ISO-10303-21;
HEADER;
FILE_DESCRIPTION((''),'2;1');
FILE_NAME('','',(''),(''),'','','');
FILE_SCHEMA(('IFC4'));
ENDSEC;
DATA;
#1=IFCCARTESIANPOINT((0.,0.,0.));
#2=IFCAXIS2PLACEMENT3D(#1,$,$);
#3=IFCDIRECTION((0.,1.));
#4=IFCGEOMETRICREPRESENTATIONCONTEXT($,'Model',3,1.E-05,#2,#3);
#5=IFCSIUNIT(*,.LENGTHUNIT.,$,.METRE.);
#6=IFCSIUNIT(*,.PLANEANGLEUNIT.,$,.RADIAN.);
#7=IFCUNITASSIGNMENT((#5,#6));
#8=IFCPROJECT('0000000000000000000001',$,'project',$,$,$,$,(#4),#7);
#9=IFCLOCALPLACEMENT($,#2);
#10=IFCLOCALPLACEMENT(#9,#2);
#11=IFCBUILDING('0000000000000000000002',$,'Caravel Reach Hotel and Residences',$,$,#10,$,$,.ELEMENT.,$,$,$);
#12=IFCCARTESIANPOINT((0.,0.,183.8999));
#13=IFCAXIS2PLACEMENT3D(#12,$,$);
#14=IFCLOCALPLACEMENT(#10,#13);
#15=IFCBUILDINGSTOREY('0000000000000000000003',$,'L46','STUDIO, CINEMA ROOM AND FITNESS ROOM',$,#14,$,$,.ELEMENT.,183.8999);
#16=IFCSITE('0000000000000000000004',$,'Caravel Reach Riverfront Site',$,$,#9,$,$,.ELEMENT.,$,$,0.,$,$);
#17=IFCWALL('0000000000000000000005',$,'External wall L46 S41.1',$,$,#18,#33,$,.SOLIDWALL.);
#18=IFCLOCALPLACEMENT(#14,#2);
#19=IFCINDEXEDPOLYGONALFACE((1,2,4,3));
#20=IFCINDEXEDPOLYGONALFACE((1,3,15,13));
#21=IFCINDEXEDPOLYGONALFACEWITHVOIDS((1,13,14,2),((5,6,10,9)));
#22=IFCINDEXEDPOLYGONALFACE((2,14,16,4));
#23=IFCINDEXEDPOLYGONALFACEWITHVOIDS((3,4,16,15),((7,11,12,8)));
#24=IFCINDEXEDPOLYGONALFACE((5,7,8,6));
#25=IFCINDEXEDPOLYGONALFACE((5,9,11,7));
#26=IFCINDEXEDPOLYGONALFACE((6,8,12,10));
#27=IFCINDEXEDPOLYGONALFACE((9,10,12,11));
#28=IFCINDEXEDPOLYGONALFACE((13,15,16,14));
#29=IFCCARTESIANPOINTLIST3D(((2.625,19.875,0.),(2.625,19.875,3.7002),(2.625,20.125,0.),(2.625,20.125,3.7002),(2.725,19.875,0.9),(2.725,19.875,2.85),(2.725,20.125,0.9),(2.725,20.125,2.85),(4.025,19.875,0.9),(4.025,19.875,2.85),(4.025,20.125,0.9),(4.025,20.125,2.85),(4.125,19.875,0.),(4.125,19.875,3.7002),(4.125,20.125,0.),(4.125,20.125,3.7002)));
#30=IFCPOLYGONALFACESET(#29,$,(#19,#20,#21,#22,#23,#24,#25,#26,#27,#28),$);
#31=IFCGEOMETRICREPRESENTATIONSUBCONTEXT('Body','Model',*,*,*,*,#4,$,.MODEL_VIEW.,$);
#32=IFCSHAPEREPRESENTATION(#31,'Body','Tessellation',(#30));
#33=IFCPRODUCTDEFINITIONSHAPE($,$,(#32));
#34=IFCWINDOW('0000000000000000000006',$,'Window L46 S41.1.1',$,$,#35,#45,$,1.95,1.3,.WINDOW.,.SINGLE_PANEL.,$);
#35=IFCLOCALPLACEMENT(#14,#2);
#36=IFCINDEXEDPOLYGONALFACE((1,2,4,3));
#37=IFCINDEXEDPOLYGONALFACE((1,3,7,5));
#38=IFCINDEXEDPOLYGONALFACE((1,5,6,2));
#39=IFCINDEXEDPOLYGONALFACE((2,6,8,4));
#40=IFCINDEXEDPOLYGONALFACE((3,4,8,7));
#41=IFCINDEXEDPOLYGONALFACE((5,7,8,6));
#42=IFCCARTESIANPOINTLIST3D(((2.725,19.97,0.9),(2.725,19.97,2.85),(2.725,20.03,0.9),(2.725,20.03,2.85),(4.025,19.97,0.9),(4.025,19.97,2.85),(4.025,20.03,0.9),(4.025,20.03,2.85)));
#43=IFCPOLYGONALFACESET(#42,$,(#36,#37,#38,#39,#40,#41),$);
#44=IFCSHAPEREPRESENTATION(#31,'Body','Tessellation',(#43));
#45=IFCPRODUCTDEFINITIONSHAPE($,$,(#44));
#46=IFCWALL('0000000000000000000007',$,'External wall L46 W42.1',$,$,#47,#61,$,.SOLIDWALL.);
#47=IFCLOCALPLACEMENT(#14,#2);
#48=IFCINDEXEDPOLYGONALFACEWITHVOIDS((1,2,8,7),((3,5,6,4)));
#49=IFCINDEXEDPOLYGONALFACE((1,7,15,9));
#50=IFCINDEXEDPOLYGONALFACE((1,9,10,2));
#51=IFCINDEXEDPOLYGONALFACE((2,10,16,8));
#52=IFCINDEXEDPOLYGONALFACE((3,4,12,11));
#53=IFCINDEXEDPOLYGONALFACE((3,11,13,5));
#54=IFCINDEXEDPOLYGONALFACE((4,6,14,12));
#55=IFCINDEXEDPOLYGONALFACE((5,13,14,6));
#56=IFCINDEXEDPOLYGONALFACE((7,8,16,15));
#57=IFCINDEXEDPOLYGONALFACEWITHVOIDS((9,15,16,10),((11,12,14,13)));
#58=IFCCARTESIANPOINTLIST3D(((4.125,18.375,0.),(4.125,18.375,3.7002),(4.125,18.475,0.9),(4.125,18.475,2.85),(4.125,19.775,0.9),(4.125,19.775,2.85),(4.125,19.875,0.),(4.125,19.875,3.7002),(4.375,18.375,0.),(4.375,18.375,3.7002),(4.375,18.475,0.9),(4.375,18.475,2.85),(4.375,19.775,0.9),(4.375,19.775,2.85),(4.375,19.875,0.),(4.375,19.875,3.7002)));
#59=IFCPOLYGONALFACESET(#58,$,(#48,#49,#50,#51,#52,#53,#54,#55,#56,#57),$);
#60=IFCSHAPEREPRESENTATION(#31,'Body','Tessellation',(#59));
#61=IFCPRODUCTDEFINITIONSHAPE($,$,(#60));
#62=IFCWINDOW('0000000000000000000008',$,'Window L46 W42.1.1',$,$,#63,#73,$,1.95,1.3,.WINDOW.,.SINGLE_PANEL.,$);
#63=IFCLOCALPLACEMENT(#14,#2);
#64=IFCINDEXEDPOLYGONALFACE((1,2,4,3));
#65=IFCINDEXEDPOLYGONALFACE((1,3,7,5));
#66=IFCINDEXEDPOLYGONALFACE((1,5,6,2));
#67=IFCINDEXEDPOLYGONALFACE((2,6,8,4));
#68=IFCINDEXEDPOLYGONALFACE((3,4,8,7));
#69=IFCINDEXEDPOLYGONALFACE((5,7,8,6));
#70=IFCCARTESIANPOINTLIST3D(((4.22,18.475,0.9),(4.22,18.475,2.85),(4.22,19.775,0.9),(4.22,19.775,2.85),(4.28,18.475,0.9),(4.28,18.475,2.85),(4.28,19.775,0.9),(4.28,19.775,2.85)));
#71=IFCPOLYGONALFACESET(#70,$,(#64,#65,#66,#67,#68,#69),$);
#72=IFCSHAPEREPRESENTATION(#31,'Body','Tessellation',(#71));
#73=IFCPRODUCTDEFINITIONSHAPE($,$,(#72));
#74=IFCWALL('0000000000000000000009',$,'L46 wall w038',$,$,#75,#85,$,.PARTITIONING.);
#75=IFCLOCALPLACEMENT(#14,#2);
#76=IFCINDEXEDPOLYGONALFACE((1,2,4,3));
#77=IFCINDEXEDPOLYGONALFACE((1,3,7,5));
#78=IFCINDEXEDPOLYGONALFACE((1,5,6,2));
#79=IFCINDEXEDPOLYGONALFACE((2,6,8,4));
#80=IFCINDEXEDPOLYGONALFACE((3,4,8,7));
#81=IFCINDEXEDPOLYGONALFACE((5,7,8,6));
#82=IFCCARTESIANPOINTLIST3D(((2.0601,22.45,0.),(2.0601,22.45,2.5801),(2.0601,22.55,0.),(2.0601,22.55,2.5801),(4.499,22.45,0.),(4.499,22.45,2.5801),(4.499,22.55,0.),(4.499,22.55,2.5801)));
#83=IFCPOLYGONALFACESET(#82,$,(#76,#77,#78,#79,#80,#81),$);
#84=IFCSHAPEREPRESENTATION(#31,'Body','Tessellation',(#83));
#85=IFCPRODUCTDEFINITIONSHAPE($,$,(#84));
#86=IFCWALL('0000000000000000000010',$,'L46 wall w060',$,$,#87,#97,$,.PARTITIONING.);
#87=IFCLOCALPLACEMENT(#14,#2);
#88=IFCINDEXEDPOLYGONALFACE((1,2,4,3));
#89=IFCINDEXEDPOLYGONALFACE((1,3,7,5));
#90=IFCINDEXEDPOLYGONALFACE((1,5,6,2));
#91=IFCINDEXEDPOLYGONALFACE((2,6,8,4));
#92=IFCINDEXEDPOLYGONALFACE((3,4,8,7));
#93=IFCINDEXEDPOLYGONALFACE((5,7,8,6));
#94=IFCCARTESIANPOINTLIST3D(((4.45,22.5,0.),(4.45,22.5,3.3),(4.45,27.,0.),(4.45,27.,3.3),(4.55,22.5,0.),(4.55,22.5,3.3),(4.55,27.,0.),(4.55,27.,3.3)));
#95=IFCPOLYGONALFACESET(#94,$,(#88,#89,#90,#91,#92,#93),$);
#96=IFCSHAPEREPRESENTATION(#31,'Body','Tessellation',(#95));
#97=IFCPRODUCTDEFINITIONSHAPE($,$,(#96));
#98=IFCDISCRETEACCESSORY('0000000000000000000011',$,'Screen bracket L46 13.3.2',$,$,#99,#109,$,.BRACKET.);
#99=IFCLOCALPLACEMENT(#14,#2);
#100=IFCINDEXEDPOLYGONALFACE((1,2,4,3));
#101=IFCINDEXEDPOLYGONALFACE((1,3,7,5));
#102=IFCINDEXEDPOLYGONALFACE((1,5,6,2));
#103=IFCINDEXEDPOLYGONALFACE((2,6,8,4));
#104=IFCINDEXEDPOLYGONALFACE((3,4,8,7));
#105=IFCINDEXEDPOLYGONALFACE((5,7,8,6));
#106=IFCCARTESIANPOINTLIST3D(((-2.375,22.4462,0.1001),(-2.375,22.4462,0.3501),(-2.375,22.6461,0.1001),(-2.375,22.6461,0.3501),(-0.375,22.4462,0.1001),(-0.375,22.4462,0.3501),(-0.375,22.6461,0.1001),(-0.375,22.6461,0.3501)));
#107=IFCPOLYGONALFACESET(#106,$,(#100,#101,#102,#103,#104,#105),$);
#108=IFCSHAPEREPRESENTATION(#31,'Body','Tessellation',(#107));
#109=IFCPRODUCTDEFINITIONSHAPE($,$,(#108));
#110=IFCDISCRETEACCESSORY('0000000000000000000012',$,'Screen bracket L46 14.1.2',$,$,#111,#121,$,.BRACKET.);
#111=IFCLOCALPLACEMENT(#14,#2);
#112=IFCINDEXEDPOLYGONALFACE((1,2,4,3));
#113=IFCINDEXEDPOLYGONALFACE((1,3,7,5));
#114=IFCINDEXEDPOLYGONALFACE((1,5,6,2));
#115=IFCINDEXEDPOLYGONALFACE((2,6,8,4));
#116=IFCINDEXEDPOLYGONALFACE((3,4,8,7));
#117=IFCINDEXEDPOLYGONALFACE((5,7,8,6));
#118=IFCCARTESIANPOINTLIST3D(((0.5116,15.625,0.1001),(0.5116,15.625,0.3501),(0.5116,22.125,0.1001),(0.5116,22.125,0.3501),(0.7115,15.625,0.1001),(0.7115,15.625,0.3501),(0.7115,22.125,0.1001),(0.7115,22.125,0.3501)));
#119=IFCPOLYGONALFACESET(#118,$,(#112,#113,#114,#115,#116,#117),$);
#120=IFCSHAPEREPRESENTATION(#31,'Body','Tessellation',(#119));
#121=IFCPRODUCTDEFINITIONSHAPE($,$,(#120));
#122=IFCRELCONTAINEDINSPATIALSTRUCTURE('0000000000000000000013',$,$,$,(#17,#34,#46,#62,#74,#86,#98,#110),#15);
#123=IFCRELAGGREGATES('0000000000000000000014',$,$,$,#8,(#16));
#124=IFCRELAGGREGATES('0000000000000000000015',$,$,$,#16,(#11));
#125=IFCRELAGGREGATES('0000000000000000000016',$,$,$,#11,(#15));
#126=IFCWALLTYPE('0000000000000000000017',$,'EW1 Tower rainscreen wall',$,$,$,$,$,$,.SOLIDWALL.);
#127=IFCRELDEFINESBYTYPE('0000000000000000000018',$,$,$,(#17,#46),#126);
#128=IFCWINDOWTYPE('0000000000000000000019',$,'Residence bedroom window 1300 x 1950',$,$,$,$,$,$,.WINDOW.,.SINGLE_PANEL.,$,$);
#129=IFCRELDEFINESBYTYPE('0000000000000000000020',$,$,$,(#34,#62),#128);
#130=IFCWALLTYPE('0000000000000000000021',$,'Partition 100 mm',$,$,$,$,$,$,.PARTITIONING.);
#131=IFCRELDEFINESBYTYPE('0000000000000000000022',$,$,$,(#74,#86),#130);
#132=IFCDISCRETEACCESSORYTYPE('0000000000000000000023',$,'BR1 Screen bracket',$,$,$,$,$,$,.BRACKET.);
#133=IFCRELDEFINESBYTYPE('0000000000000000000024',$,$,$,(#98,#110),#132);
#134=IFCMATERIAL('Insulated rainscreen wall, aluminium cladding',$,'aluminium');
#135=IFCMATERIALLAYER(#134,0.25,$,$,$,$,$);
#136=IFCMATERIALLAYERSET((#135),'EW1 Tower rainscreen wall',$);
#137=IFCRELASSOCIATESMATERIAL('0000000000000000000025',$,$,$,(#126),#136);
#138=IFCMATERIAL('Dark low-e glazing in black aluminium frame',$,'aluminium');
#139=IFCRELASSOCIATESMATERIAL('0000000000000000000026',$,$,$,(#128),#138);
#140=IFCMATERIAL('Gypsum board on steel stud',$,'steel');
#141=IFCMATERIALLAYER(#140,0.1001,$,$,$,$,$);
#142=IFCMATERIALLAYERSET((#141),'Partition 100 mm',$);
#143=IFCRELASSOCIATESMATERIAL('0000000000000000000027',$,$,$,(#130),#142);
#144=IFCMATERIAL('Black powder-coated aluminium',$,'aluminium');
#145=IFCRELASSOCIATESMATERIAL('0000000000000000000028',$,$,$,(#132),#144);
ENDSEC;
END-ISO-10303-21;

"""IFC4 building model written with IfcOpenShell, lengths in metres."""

from ifc_helpers import new_model, si_unit, direction, frame, frame_2d, origin, origin_2d, place, context, subcontext, project, spatial, rectangle, extrude, material, layer, layer_set, type_object, element, fill, save


model = new_model("IFC4")

# Units and contexts
model_context = context("Model", 3, precision=1e-05, world=origin(), true_north=direction((0.0, 1.0)))
body_context = subcontext(model_context, "Body", "Model", "MODEL_VIEW")
ifc_project = project(units=[si_unit("LENGTHUNIT", "METRE"), si_unit("PLANEANGLEUNIT", "RADIAN")], contexts=[model_context])

# Site, building, storey
site_placement = place(None, origin())
site = spatial("IfcSite", under=ifc_project, at=site_placement, Name="Caravel Reach Riverfront Site", CompositionType="ELEMENT", RefElevation=0.0)
building_placement = place(site_placement, origin())
building = spatial("IfcBuilding", under=site, at=building_placement, Name="Caravel Reach Hotel and Residences", CompositionType="ELEMENT")
storey_placement = place(building_placement, frame((0.0, 0.0, 183.8999)))
storey = spatial("IfcBuildingStorey", under=building, at=storey_placement, Name="L46", Description="STUDIO, CINEMA ROOM AND FITNESS ROOM", CompositionType="ELEMENT", Elevation=183.8999)

# Walls, openings, windows
ifc_material_1 = material(Name="Insulated rainscreen wall, aluminium cladding", Category="aluminium")
ifc_layer_1 = layer(ifc_material_1, 0.25)
ifc_layer_set_1 = layer_set([ifc_layer_1], Name="EW1 Tower rainscreen wall")
wall_type_1 = type_object("IfcWallType", Name="EW1 Tower rainscreen wall", PredefinedType="SOLIDWALL", material=ifc_layer_set_1)
ifc_material_2 = material(Name="Dark low-e glazing in black aluminium frame", Category="aluminium")
window_type = type_object("IfcWindowType", Name="Residence bedroom window 1300 x 1950", PartitioningType="SINGLE_PANEL", PredefinedType="WINDOW", material=ifc_material_2)
wall_1_placement = place(storey_placement, frame((2.625, 20.0, 0.0), z_axis=(0.0, 0.0, 1.0), x_axis=(1.0, 0.0, 0.0)))
wall_1 = element("IfcWall", 1, at=wall_1_placement, inside=storey, type_object=wall_type_1, Name="External wall L46 S41.1", PredefinedType="SOLIDWALL", context=body_context, shape_type="SweptSolid", body=[
    extrude(rectangle(XDim=1.5, YDim=0.25, at=frame_2d((0.75, 0.0))), origin(), (0.0, 0.0, 1.0), 3.7002),
])
opening_1_placement = place(wall_1_placement, frame((0.1001, 0.0, 0.8999)))
opening_1 = element("IfcOpeningElement", 2, at=opening_1_placement, cuts=wall_1, PredefinedType="OPENING", context=body_context, shape_type="SweptSolid", body=[
    extrude(rectangle(XDim=1.3, YDim=1.95, at=frame_2d((0.6499, 0.9751))), frame((0.0, 0.135, 0.0), z_axis=(0.0, -1.0, 0.0), x_axis=(1.0, 0.0, 0.0)), (0.0, 0.0, 1.0), 0.27),
])
window_1_placement = place(opening_1_placement, origin())
window_1 = element("IfcWindow", 3, at=window_1_placement, inside=storey, type_object=window_type, Name="Window L46 S41.1.1", OverallHeight=1.95, OverallWidth=1.3, PartitioningType="SINGLE_PANEL", PredefinedType="WINDOW", context=body_context, shape_type="SweptSolid", body=[
    extrude(rectangle(XDim=1.3, YDim=1.95, at=frame_2d((0.6499, 0.9751))), frame((0.0, 0.03, 0.0), z_axis=(0.0, -1.0, 0.0), x_axis=(1.0, 0.0, 0.0)), (0.0, 0.0, 1.0), 0.0601),
])
fill(opening_1, window_1)
wall_2_placement = place(storey_placement, frame((4.25, 19.875, 0.0), z_axis=(0.0, 0.0, 1.0), x_axis=(0.0, -1.0, 0.0)))
wall_2 = element("IfcWall", 4, at=wall_2_placement, inside=storey, type_object=wall_type_1, Name="External wall L46 W42.1", PredefinedType="SOLIDWALL", context=body_context, shape_type="SweptSolid", body=[
    extrude(rectangle(XDim=1.5, YDim=0.25, at=frame_2d((0.75, 0.0))), origin(), (0.0, 0.0, 1.0), 3.7002),
])
opening_2_placement = place(wall_2_placement, frame((0.1001, 0.0, 0.8999)))
opening_2 = element("IfcOpeningElement", 5, at=opening_2_placement, cuts=wall_2, PredefinedType="OPENING", context=body_context, shape_type="SweptSolid", body=[
    extrude(rectangle(XDim=1.3, YDim=1.95, at=frame_2d((0.6499, 0.9751))), frame((0.0, 0.135, 0.0), z_axis=(0.0, -1.0, 0.0), x_axis=(1.0, 0.0, 0.0)), (0.0, 0.0, 1.0), 0.27),
])
window_2_placement = place(opening_2_placement, origin())
window_2 = element("IfcWindow", 6, at=window_2_placement, inside=storey, type_object=window_type, Name="Window L46 W42.1.1", OverallHeight=1.95, OverallWidth=1.3, PartitioningType="SINGLE_PANEL", PredefinedType="WINDOW", context=body_context, shape_type="SweptSolid", body=[
    extrude(rectangle(XDim=1.3, YDim=1.95, at=frame_2d((0.6499, 0.9751))), frame((0.0, 0.03, 0.0), z_axis=(0.0, -1.0, 0.0), x_axis=(1.0, 0.0, 0.0)), (0.0, 0.0, 1.0), 0.0601),
])
fill(opening_2, window_2)

# Walls
ifc_material_3 = material(Name="Gypsum board on steel stud", Category="steel")
ifc_layer_2 = layer(ifc_material_3, 0.1001)
ifc_layer_set_2 = layer_set([ifc_layer_2], Name="Partition 100 mm")
wall_type_2 = type_object("IfcWallType", Name="Partition 100 mm", PredefinedType="PARTITIONING", material=ifc_layer_set_2)
wall_3_placement = place(storey_placement, frame((2.0601, 22.5, 0.0), z_axis=(0.0, 0.0, 1.0), x_axis=(1.0, 0.0, 0.0)))
element("IfcWall", 7, at=wall_3_placement, inside=storey, type_object=wall_type_2, Name="L46 wall w038", PredefinedType="PARTITIONING", context=body_context, shape_type="SweptSolid", body=[
    extrude(rectangle(XDim=2.439, YDim=0.1001, at=frame_2d((1.2195, 0.0))), origin(), (0.0, 0.0, 1.0), 2.5801),
])
wall_4_placement = place(storey_placement, frame((4.5, 22.5, 0.0), z_axis=(0.0, 0.0, 1.0), x_axis=(0.0, 1.0, 0.0)))
element("IfcWall", 8, at=wall_4_placement, inside=storey, type_object=wall_type_2, Name="L46 wall w060", PredefinedType="PARTITIONING", context=body_context, shape_type="SweptSolid", body=[
    extrude(rectangle(XDim=4.5, YDim=0.1001, at=frame_2d((2.25, 0.0))), origin(), (0.0, 0.0, 1.0), 3.3),
])

# Discrete accessories
ifc_material_4 = material(Name="Black powder-coated aluminium", Category="aluminium")
discrete_accessory_type = type_object("IfcDiscreteAccessoryType", Name="BR1 Screen bracket", PredefinedType="BRACKET", material=ifc_material_4)
discrete_accessory_1_placement = place(storey_placement, frame((-1.375, 22.5461, 0.1001), z_axis=(0.0, 0.0, 1.0), x_axis=(-1.0, 0.0, 0.0)))
element("IfcDiscreteAccessory", 9, at=discrete_accessory_1_placement, inside=storey, type_object=discrete_accessory_type, Name="Screen bracket L46 13.3.2", PredefinedType="BRACKET", context=body_context, shape_type="SweptSolid", body=[
    extrude(rectangle(XDim=2.0, YDim=0.2, at=origin_2d()), origin(), (0.0, 0.0, 1.0), 0.25),
])
discrete_accessory_2_placement = place(storey_placement, frame((0.6116, 18.875, 0.1001), z_axis=(0.0, 0.0, 1.0), x_axis=(0.0, -1.0, 0.0)))
element("IfcDiscreteAccessory", 10, at=discrete_accessory_2_placement, inside=storey, type_object=discrete_accessory_type, Name="Screen bracket L46 14.1.2", PredefinedType="BRACKET", context=body_context, shape_type="SweptSolid", body=[
    extrude(rectangle(XDim=6.5, YDim=0.2, at=origin_2d()), origin(), (0.0, 0.0, 1.0), 0.25),
])

save(model, "model.ifc")
